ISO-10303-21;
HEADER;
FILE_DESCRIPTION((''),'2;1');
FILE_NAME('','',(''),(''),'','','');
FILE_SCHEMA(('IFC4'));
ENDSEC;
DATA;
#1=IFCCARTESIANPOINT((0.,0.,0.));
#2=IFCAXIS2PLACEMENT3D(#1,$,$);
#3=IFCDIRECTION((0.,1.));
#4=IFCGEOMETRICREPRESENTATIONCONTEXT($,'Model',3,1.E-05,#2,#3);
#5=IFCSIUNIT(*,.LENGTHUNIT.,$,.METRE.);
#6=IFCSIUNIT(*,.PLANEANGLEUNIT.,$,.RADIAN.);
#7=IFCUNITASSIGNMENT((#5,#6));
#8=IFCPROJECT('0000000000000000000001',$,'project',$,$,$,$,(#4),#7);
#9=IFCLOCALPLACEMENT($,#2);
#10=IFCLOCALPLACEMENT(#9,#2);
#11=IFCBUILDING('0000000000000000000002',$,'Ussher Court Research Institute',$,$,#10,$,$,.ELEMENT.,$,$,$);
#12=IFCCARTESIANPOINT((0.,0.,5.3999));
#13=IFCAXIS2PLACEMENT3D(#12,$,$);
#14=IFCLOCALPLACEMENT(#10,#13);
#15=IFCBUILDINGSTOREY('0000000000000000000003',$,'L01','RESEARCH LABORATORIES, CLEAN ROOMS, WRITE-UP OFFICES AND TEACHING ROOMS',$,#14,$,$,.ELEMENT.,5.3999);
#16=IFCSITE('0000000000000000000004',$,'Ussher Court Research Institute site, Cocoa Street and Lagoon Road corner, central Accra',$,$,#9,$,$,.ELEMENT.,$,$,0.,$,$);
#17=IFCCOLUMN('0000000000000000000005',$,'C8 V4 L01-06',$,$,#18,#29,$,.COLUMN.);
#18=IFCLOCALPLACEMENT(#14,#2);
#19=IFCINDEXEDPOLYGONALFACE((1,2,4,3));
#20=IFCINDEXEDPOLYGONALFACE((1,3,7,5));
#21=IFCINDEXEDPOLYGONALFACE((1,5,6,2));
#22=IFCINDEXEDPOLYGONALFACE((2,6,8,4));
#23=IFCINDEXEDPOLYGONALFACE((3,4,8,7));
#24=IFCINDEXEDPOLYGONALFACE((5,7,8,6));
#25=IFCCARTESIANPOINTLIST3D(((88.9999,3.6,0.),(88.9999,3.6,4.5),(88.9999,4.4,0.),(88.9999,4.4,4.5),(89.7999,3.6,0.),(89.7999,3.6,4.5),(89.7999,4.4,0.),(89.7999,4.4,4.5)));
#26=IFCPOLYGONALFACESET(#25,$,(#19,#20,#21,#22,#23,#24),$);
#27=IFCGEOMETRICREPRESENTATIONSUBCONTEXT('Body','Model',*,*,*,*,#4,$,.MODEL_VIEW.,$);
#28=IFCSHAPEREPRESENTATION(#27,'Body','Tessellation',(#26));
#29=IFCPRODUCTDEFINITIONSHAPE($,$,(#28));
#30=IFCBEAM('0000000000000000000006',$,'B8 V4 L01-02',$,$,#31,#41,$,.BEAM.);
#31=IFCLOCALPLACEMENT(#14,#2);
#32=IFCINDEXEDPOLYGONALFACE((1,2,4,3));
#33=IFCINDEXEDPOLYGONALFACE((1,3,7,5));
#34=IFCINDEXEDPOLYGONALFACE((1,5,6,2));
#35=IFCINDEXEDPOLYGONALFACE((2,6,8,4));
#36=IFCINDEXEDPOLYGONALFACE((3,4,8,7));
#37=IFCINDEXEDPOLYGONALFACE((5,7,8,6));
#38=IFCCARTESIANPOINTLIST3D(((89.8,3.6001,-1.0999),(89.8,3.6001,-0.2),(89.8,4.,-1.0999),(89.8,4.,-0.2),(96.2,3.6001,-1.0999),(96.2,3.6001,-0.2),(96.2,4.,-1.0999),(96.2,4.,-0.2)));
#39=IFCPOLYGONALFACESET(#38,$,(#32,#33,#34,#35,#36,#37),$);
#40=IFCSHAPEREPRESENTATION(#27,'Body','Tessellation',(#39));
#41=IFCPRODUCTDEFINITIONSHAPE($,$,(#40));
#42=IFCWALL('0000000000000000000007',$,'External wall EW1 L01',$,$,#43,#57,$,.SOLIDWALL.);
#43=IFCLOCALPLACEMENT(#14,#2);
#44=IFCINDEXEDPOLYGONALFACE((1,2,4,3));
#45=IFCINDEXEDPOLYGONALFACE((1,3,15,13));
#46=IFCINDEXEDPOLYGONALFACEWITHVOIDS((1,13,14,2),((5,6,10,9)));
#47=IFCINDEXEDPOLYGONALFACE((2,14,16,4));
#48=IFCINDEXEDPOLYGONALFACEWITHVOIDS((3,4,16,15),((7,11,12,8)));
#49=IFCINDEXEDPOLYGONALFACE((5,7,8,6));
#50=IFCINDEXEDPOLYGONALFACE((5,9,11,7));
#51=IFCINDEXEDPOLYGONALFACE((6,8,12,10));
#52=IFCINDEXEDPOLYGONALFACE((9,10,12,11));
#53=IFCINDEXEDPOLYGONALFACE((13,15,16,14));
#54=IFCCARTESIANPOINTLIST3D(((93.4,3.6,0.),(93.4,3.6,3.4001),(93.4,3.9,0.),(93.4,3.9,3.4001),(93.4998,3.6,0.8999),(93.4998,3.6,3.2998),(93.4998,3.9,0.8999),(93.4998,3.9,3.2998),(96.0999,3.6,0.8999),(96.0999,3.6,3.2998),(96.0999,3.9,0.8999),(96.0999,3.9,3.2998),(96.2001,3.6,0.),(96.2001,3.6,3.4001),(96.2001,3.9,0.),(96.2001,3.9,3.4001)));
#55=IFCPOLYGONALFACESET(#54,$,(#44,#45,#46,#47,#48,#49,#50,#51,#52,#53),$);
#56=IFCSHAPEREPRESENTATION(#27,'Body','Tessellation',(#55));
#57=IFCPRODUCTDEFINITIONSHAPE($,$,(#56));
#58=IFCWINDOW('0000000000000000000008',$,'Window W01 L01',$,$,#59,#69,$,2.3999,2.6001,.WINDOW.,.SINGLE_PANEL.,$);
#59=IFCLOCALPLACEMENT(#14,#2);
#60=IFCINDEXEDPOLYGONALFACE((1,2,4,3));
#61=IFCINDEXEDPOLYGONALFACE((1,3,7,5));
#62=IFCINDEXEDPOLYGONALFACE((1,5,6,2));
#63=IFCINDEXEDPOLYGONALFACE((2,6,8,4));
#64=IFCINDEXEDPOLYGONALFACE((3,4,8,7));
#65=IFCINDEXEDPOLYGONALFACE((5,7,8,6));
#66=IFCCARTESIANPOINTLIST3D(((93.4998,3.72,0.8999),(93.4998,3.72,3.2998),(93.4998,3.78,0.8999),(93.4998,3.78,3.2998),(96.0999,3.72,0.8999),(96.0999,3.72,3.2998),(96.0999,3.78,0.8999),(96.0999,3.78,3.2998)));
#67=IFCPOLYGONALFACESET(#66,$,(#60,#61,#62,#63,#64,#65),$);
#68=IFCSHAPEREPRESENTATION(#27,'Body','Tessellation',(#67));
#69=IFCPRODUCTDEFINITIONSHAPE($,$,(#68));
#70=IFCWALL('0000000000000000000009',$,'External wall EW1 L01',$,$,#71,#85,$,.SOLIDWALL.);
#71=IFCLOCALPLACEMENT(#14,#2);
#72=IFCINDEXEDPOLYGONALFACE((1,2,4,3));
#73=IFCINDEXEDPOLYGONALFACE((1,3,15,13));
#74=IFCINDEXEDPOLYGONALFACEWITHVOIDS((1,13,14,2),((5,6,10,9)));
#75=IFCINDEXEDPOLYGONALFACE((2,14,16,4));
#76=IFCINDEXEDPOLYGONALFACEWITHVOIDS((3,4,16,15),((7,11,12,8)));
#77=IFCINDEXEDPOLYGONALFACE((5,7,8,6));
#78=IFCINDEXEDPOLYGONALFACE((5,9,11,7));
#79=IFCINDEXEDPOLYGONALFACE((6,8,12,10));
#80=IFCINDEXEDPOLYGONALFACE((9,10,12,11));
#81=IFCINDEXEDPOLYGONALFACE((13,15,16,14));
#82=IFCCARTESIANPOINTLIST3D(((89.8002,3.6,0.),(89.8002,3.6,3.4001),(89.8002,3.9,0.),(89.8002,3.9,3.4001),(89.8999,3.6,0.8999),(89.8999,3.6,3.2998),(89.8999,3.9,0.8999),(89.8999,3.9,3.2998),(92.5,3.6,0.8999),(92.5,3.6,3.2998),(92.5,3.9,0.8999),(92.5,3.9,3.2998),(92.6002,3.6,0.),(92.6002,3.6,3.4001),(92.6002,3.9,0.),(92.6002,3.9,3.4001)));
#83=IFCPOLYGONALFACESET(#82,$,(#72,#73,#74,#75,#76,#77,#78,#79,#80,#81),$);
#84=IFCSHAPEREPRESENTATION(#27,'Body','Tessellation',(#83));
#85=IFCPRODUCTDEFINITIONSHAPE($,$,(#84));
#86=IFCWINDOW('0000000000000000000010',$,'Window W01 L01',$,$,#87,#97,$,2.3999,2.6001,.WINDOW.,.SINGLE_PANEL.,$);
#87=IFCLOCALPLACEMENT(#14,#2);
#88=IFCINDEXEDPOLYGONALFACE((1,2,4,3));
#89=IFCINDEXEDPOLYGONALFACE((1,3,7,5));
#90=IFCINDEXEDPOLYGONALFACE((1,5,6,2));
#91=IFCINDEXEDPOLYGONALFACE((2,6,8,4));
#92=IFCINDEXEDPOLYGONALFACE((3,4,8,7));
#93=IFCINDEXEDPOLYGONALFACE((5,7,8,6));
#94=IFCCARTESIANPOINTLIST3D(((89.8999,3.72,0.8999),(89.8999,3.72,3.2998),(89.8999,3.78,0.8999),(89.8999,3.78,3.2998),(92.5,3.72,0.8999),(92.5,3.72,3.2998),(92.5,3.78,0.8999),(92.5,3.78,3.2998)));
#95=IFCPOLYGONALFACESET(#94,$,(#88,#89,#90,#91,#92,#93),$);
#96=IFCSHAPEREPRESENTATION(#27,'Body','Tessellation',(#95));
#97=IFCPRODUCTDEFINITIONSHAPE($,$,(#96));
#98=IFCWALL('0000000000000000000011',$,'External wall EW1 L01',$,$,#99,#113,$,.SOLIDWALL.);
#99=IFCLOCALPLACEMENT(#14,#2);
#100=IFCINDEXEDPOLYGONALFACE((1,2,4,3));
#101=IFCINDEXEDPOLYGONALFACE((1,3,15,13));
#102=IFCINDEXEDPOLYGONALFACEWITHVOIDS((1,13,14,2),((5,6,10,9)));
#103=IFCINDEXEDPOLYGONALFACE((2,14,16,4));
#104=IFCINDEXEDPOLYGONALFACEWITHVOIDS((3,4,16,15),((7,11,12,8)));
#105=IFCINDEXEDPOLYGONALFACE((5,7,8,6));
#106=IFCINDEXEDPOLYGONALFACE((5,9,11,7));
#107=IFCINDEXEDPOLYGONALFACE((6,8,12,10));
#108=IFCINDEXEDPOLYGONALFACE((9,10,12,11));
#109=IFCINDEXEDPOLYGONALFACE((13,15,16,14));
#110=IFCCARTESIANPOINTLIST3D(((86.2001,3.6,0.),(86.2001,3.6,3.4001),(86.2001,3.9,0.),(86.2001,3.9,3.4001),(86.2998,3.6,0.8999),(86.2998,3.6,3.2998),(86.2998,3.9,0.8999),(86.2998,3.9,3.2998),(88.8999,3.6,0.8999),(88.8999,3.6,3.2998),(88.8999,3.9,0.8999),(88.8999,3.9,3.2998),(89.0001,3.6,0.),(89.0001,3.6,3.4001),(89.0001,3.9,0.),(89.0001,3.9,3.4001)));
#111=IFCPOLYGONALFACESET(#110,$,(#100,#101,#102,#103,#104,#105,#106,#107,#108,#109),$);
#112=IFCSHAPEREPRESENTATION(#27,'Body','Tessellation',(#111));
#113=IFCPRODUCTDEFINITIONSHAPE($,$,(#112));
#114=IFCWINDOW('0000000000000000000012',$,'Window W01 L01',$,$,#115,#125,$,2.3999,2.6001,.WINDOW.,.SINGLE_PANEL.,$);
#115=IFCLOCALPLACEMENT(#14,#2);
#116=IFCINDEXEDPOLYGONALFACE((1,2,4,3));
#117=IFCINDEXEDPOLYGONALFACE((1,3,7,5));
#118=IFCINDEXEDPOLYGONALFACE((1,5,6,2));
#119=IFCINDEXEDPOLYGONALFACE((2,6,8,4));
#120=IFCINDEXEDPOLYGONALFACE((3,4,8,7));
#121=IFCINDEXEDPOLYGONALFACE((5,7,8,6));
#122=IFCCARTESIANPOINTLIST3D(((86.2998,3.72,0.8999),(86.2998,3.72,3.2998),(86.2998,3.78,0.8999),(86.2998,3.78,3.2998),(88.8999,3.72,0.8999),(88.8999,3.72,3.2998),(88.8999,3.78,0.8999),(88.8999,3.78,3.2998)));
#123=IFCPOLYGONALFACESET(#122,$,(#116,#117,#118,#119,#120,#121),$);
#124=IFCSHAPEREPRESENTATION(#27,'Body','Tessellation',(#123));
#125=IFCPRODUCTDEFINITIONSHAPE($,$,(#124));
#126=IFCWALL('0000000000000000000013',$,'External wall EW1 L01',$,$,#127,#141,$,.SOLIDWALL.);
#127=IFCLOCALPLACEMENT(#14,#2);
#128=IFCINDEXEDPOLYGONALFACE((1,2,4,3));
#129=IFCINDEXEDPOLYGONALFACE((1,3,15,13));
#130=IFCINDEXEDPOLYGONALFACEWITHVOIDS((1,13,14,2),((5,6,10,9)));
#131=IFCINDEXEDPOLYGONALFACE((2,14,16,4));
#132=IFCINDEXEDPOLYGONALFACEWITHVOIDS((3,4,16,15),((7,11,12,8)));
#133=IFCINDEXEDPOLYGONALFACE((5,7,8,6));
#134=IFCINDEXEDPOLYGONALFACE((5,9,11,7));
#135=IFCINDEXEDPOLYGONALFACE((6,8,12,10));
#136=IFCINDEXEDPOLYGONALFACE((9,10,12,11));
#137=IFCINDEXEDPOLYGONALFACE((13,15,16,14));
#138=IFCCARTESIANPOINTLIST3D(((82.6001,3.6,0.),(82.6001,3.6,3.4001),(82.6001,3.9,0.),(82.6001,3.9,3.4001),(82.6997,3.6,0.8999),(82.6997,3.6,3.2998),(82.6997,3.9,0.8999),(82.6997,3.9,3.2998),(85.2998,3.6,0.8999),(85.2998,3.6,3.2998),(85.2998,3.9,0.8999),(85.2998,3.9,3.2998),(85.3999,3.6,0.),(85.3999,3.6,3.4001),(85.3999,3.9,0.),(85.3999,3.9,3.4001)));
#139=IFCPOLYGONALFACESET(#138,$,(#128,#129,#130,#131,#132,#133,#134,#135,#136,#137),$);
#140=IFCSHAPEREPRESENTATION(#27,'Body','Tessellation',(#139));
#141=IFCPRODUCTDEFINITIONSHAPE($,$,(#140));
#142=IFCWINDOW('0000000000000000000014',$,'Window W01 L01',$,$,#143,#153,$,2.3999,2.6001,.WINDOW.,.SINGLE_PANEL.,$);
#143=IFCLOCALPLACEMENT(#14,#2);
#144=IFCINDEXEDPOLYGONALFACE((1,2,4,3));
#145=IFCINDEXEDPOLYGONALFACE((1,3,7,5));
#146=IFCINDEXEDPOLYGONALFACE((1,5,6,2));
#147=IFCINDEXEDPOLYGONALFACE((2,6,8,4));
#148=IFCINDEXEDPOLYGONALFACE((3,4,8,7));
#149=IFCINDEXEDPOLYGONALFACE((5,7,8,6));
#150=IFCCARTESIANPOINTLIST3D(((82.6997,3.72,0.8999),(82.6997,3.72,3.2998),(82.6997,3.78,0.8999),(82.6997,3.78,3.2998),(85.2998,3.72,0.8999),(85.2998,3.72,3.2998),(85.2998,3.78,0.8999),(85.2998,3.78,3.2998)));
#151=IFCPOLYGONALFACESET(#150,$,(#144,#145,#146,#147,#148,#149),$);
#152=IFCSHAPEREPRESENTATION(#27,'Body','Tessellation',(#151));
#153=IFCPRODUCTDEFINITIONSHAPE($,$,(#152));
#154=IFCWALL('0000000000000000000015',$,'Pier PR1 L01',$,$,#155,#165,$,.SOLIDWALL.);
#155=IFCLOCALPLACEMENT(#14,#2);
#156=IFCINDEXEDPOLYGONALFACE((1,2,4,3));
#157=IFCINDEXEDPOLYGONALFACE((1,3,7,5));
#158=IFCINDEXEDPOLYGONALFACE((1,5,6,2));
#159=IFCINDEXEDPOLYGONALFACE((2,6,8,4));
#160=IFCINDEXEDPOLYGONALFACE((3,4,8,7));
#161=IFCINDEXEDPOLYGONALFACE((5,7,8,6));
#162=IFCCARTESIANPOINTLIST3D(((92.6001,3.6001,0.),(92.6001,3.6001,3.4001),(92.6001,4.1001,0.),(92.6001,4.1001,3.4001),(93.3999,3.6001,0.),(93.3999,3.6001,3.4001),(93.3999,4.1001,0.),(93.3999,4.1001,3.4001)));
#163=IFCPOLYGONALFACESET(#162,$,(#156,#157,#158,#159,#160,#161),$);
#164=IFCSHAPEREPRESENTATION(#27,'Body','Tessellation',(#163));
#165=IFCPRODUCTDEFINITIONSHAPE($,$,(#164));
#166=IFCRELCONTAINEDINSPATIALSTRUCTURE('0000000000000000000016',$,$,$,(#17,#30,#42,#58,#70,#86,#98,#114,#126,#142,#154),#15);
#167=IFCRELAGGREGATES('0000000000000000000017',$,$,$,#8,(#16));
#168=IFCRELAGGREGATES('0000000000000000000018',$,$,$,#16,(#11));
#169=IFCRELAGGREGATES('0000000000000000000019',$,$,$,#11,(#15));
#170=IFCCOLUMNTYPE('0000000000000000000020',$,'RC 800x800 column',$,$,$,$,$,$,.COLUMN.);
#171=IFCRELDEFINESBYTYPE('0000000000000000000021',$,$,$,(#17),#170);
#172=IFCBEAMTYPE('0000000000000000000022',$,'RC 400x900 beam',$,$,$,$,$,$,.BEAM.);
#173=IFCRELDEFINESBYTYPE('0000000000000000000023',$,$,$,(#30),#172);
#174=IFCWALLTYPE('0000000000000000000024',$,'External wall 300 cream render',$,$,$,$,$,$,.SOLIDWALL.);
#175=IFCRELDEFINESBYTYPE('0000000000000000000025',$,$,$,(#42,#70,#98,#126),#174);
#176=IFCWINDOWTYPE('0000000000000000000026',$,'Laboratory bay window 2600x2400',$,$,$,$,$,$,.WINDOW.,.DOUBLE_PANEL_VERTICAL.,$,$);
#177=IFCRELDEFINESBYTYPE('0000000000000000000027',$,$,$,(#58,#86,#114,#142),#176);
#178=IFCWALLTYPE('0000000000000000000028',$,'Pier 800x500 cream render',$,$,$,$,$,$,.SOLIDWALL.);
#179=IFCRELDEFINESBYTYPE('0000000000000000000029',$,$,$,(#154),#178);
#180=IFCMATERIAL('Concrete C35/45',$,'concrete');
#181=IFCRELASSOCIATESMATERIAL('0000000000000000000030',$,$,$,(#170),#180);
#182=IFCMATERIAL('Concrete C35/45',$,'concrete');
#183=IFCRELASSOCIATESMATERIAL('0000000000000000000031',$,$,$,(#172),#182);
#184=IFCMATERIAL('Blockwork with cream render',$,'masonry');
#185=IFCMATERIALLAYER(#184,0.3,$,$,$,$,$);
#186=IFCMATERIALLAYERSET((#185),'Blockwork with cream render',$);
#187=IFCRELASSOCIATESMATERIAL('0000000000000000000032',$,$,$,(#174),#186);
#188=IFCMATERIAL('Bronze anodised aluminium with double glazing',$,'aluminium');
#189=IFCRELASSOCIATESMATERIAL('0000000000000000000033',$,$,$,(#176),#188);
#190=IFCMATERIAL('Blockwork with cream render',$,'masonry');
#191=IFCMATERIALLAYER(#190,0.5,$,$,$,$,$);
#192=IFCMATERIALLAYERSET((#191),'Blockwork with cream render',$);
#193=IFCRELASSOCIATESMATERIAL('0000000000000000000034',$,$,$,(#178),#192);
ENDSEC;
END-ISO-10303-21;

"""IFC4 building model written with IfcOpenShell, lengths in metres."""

from ifc_helpers import new_model, si_unit, direction, frame, frame_2d, origin, origin_2d, place, context, subcontext, project, spatial, rectangle, extrude, material, layer, layer_set, material_profile, profile_set, type_object, element, fill, save


model = new_model("IFC4")

# Units and contexts
model_context = context("Model", 3, precision=1e-05, world=origin(), true_north=direction((0.0, 1.0)))
body_context = subcontext(model_context, "Body", "Model", "MODEL_VIEW")
ifc_project = project(units=[si_unit("LENGTHUNIT", "METRE"), si_unit("PLANEANGLEUNIT", "RADIAN")], contexts=[model_context])

# Site, building, storey
site_placement = place(None, origin())
site = spatial("IfcSite", under=ifc_project, at=site_placement, Name="Ussher Court Research Institute site, Cocoa Street and Lagoon Road corner, central Accra", CompositionType="ELEMENT", RefElevation=0.0)
building_placement = place(site_placement, origin())
building = spatial("IfcBuilding", under=site, at=building_placement, Name="Ussher Court Research Institute", CompositionType="ELEMENT")
storey_placement = place(building_placement, frame((0.0, 0.0, 5.3999)))
storey = spatial("IfcBuildingStorey", under=building, at=storey_placement, Name="L01", Description="RESEARCH LABORATORIES, CLEAN ROOMS, WRITE-UP OFFICES AND TEACHING ROOMS", CompositionType="ELEMENT", Elevation=5.3999)

# Column
ifc_material_1 = material(Name="Concrete C35/45", Category="concrete")
ifc_material_profile_1 = material_profile(ifc_material_1, rectangle(XDim=0.8, YDim=0.8, at=origin_2d()), Name="RC 800x800")
ifc_profile_set_1 = profile_set([ifc_material_profile_1], Name="Concrete C35/45")
column_type = type_object("IfcColumnType", Name="RC 800x800 column", PredefinedType="COLUMN", material=ifc_profile_set_1)
column_placement = place(storey_placement, frame((89.3999, 4.0, 0.0), z_axis=(0.0, 0.0, 1.0), x_axis=(1.0, 0.0, 0.0)))
element("IfcColumn", 1, at=column_placement, inside=storey, type_object=column_type, Name="C8 V4 L01-06", PredefinedType="COLUMN", context=body_context, shape_type="SweptSolid", body=[
    extrude(rectangle(XDim=0.8, YDim=0.8, at=origin_2d()), origin(), (0.0, 0.0, 1.0), 4.5),
])

# Beam
ifc_material_2 = material(Name="Concrete C35/45", Category="concrete")
ifc_material_profile_2 = material_profile(ifc_material_2, rectangle(XDim=0.3999, YDim=0.8999, at=origin_2d()), Name="RC 400x900")
ifc_profile_set_2 = profile_set([ifc_material_profile_2], Name="Concrete C35/45")
beam_type = type_object("IfcBeamType", Name="RC 400x900 beam", PredefinedType="BEAM", material=ifc_profile_set_2)
beam_placement = place(storey_placement, frame((89.8, 3.8, -0.6499), z_axis=(1.0, 0.0, 0.0), x_axis=(0.0, 1.0, 0.0)))
element("IfcBeam", 2, at=beam_placement, inside=storey, type_object=beam_type, Name="B8 V4 L01-02", PredefinedType="BEAM", context=body_context, shape_type="SweptSolid", body=[
    extrude(rectangle(XDim=0.3999, YDim=0.8999, at=origin_2d()), origin(), (0.0, 0.0, 1.0), 6.3999),
])

# Walls, openings, windows
ifc_material_3 = material(Name="Blockwork with cream render", Category="masonry")
ifc_layer_1 = layer(ifc_material_3, 0.3)
ifc_layer_set_1 = layer_set([ifc_layer_1], Name="Blockwork with cream render")
wall_type_1 = type_object("IfcWallType", Name="External wall 300 cream render", PredefinedType="SOLIDWALL", material=ifc_layer_set_1)
wall_1_placement = place(storey_placement, frame((96.2, 3.75, 0.0), z_axis=(0.0, 0.0, 1.0), x_axis=(-1.0, 0.0, 0.0)))
wall_1 = element("IfcWall", 3, at=wall_1_placement, inside=storey, type_object=wall_type_1, Name="External wall EW1 L01", PredefinedType="SOLIDWALL", context=body_context, shape_type="SweptSolid", body=[
    extrude(rectangle(XDim=2.8, YDim=0.3, at=frame_2d((1.3999, 0.0))), origin(), (0.0, 0.0, 1.0), 3.4001),
])
opening_1_placement = place(wall_1_placement, frame((0.1001, 0.0, 0.8999)))
opening_1 = element("IfcOpeningElement", 4, at=opening_1_placement, cuts=wall_1, PredefinedType="OPENING", context=body_context, shape_type="SweptSolid", body=[
    extrude(rectangle(XDim=2.6001, YDim=2.3999, at=frame_2d((1.3, 1.2))), frame((0.0, 0.1602, 0.0), z_axis=(0.0, -1.0, 0.0), x_axis=(1.0, 0.0, 0.0)), (0.0, 0.0, 1.0), 0.3201),
])
ifc_material_4 = material(Name="Bronze anodised aluminium with double glazing", Category="aluminium")
window_type = type_object("IfcWindowType", Name="Laboratory bay window 2600x2400", PartitioningType="DOUBLE_PANEL_VERTICAL", PredefinedType="WINDOW", material=ifc_material_4)
window_1_placement = place(opening_1_placement, origin())
window_1 = element("IfcWindow", 5, at=window_1_placement, inside=storey, type_object=window_type, Name="Window W01 L01", OverallHeight=2.3999, OverallWidth=2.6001, PartitioningType="SINGLE_PANEL", PredefinedType="WINDOW", context=body_context, shape_type="SweptSolid", body=[
    extrude(rectangle(XDim=2.6001, YDim=2.3999, at=frame_2d((1.3, 1.2))), frame((0.0, 0.03, 0.0), z_axis=(0.0, -1.0, 0.0), x_axis=(1.0, 0.0, 0.0)), (0.0, 0.0, 1.0), 0.0601),
])
fill(opening_1, window_1)
wall_2_placement = place(storey_placement, frame((92.6001, 3.75, 0.0), z_axis=(0.0, 0.0, 1.0), x_axis=(-1.0, 0.0, 0.0)))
wall_2 = element("IfcWall", 6, at=wall_2_placement, inside=storey, type_object=wall_type_1, Name="External wall EW1 L01", PredefinedType="SOLIDWALL", context=body_context, shape_type="SweptSolid", body=[
    extrude(rectangle(XDim=2.8, YDim=0.3, at=frame_2d((1.3999, 0.0))), origin(), (0.0, 0.0, 1.0), 3.4001),
])
opening_2_placement = place(wall_2_placement, frame((0.1001, 0.0, 0.8999)))
opening_2 = element("IfcOpeningElement", 7, at=opening_2_placement, cuts=wall_2, PredefinedType="OPENING", context=body_context, shape_type="SweptSolid", body=[
    extrude(rectangle(XDim=2.6001, YDim=2.3999, at=frame_2d((1.3, 1.2))), frame((0.0, 0.1602, 0.0), z_axis=(0.0, -1.0, 0.0), x_axis=(1.0, 0.0, 0.0)), (0.0, 0.0, 1.0), 0.3201),
])
window_2_placement = place(opening_2_placement, origin())
window_2 = element("IfcWindow", 8, at=window_2_placement, inside=storey, type_object=window_type, Name="Window W01 L01", OverallHeight=2.3999, OverallWidth=2.6001, PartitioningType="SINGLE_PANEL", PredefinedType="WINDOW", context=body_context, shape_type="SweptSolid", body=[
    extrude(rectangle(XDim=2.6001, YDim=2.3999, at=frame_2d((1.3, 1.2))), frame((0.0, 0.03, 0.0), z_axis=(0.0, -1.0, 0.0), x_axis=(1.0, 0.0, 0.0)), (0.0, 0.0, 1.0), 0.0601),
])
fill(opening_2, window_2)
wall_3_placement = place(storey_placement, frame((89.0, 3.75, 0.0), z_axis=(0.0, 0.0, 1.0), x_axis=(-1.0, 0.0, 0.0)))
wall_3 = element("IfcWall", 9, at=wall_3_placement, inside=storey, type_object=wall_type_1, Name="External wall EW1 L01", PredefinedType="SOLIDWALL", context=body_context, shape_type="SweptSolid", body=[
    extrude(rectangle(XDim=2.8, YDim=0.3, at=frame_2d((1.3999, 0.0))), origin(), (0.0, 0.0, 1.0), 3.4001),
])
opening_3_placement = place(wall_3_placement, frame((0.1001, 0.0, 0.8999)))
opening_3 = element("IfcOpeningElement", 10, at=opening_3_placement, cuts=wall_3, PredefinedType="OPENING", context=body_context, shape_type="SweptSolid", body=[
    extrude(rectangle(XDim=2.6001, YDim=2.3999, at=frame_2d((1.3, 1.2))), frame((0.0, 0.1602, 0.0), z_axis=(0.0, -1.0, 0.0), x_axis=(1.0, 0.0, 0.0)), (0.0, 0.0, 1.0), 0.3201),
])
window_3_placement = place(opening_3_placement, origin())
window_3 = element("IfcWindow", 11, at=window_3_placement, inside=storey, type_object=window_type, Name="Window W01 L01", OverallHeight=2.3999, OverallWidth=2.6001, PartitioningType="SINGLE_PANEL", PredefinedType="WINDOW", context=body_context, shape_type="SweptSolid", body=[
    extrude(rectangle(XDim=2.6001, YDim=2.3999, at=frame_2d((1.3, 1.2))), frame((0.0, 0.03, 0.0), z_axis=(0.0, -1.0, 0.0), x_axis=(1.0, 0.0, 0.0)), (0.0, 0.0, 1.0), 0.0601),
])
fill(opening_3, window_3)
wall_4_placement = place(storey_placement, frame((85.3999, 3.75, 0.0), z_axis=(0.0, 0.0, 1.0), x_axis=(-1.0, 0.0, 0.0)))
wall_4 = element("IfcWall", 12, at=wall_4_placement, inside=storey, type_object=wall_type_1, Name="External wall EW1 L01", PredefinedType="SOLIDWALL", context=body_context, shape_type="SweptSolid", body=[
    extrude(rectangle(XDim=2.7998, YDim=0.3, at=frame_2d((1.3999, 0.0))), origin(), (0.0, 0.0, 1.0), 3.4001),
])
opening_4_placement = place(wall_4_placement, frame((0.1001, 0.0, 0.8999)))
opening_4 = element("IfcOpeningElement", 13, at=opening_4_placement, cuts=wall_4, PredefinedType="OPENING", context=body_context, shape_type="SweptSolid", body=[
    extrude(rectangle(XDim=2.6001, YDim=2.3999, at=frame_2d((1.3, 1.2))), frame((0.0, 0.1602, 0.0), z_axis=(0.0, -1.0, 0.0), x_axis=(1.0, 0.0, 0.0)), (0.0, 0.0, 1.0), 0.3201),
])
window_4_placement = place(opening_4_placement, origin())
window_4 = element("IfcWindow", 14, at=window_4_placement, inside=storey, type_object=window_type, Name="Window W01 L01", OverallHeight=2.3999, OverallWidth=2.6001, PartitioningType="SINGLE_PANEL", PredefinedType="WINDOW", context=body_context, shape_type="SweptSolid", body=[
    extrude(rectangle(XDim=2.6001, YDim=2.3999, at=frame_2d((1.3, 1.2))), frame((0.0, 0.03, 0.0), z_axis=(0.0, -1.0, 0.0), x_axis=(1.0, 0.0, 0.0)), (0.0, 0.0, 1.0), 0.0601),
])
fill(opening_4, window_4)

# Wall
ifc_material_5 = material(Name="Blockwork with cream render", Category="masonry")
ifc_layer_2 = layer(ifc_material_5, 0.5)
ifc_layer_set_2 = layer_set([ifc_layer_2], Name="Blockwork with cream render")
wall_type_2 = type_object("IfcWallType", Name="Pier 800x500 cream render", PredefinedType="SOLIDWALL", material=ifc_layer_set_2)
wall_5_placement = place(storey_placement, frame((93.3999, 3.8501, 0.0), z_axis=(0.0, 0.0, 1.0), x_axis=(-1.0, 0.0, 0.0)))
element("IfcWall", 15, at=wall_5_placement, inside=storey, type_object=wall_type_2, Name="Pier PR1 L01", PredefinedType="SOLIDWALL", context=body_context, shape_type="SweptSolid", body=[
    extrude(rectangle(XDim=0.7998, YDim=0.5, at=frame_2d((0.3999, 0.0))), origin(), (0.0, 0.0, 1.0), 3.4001),
])

save(model, "model.ifc")
